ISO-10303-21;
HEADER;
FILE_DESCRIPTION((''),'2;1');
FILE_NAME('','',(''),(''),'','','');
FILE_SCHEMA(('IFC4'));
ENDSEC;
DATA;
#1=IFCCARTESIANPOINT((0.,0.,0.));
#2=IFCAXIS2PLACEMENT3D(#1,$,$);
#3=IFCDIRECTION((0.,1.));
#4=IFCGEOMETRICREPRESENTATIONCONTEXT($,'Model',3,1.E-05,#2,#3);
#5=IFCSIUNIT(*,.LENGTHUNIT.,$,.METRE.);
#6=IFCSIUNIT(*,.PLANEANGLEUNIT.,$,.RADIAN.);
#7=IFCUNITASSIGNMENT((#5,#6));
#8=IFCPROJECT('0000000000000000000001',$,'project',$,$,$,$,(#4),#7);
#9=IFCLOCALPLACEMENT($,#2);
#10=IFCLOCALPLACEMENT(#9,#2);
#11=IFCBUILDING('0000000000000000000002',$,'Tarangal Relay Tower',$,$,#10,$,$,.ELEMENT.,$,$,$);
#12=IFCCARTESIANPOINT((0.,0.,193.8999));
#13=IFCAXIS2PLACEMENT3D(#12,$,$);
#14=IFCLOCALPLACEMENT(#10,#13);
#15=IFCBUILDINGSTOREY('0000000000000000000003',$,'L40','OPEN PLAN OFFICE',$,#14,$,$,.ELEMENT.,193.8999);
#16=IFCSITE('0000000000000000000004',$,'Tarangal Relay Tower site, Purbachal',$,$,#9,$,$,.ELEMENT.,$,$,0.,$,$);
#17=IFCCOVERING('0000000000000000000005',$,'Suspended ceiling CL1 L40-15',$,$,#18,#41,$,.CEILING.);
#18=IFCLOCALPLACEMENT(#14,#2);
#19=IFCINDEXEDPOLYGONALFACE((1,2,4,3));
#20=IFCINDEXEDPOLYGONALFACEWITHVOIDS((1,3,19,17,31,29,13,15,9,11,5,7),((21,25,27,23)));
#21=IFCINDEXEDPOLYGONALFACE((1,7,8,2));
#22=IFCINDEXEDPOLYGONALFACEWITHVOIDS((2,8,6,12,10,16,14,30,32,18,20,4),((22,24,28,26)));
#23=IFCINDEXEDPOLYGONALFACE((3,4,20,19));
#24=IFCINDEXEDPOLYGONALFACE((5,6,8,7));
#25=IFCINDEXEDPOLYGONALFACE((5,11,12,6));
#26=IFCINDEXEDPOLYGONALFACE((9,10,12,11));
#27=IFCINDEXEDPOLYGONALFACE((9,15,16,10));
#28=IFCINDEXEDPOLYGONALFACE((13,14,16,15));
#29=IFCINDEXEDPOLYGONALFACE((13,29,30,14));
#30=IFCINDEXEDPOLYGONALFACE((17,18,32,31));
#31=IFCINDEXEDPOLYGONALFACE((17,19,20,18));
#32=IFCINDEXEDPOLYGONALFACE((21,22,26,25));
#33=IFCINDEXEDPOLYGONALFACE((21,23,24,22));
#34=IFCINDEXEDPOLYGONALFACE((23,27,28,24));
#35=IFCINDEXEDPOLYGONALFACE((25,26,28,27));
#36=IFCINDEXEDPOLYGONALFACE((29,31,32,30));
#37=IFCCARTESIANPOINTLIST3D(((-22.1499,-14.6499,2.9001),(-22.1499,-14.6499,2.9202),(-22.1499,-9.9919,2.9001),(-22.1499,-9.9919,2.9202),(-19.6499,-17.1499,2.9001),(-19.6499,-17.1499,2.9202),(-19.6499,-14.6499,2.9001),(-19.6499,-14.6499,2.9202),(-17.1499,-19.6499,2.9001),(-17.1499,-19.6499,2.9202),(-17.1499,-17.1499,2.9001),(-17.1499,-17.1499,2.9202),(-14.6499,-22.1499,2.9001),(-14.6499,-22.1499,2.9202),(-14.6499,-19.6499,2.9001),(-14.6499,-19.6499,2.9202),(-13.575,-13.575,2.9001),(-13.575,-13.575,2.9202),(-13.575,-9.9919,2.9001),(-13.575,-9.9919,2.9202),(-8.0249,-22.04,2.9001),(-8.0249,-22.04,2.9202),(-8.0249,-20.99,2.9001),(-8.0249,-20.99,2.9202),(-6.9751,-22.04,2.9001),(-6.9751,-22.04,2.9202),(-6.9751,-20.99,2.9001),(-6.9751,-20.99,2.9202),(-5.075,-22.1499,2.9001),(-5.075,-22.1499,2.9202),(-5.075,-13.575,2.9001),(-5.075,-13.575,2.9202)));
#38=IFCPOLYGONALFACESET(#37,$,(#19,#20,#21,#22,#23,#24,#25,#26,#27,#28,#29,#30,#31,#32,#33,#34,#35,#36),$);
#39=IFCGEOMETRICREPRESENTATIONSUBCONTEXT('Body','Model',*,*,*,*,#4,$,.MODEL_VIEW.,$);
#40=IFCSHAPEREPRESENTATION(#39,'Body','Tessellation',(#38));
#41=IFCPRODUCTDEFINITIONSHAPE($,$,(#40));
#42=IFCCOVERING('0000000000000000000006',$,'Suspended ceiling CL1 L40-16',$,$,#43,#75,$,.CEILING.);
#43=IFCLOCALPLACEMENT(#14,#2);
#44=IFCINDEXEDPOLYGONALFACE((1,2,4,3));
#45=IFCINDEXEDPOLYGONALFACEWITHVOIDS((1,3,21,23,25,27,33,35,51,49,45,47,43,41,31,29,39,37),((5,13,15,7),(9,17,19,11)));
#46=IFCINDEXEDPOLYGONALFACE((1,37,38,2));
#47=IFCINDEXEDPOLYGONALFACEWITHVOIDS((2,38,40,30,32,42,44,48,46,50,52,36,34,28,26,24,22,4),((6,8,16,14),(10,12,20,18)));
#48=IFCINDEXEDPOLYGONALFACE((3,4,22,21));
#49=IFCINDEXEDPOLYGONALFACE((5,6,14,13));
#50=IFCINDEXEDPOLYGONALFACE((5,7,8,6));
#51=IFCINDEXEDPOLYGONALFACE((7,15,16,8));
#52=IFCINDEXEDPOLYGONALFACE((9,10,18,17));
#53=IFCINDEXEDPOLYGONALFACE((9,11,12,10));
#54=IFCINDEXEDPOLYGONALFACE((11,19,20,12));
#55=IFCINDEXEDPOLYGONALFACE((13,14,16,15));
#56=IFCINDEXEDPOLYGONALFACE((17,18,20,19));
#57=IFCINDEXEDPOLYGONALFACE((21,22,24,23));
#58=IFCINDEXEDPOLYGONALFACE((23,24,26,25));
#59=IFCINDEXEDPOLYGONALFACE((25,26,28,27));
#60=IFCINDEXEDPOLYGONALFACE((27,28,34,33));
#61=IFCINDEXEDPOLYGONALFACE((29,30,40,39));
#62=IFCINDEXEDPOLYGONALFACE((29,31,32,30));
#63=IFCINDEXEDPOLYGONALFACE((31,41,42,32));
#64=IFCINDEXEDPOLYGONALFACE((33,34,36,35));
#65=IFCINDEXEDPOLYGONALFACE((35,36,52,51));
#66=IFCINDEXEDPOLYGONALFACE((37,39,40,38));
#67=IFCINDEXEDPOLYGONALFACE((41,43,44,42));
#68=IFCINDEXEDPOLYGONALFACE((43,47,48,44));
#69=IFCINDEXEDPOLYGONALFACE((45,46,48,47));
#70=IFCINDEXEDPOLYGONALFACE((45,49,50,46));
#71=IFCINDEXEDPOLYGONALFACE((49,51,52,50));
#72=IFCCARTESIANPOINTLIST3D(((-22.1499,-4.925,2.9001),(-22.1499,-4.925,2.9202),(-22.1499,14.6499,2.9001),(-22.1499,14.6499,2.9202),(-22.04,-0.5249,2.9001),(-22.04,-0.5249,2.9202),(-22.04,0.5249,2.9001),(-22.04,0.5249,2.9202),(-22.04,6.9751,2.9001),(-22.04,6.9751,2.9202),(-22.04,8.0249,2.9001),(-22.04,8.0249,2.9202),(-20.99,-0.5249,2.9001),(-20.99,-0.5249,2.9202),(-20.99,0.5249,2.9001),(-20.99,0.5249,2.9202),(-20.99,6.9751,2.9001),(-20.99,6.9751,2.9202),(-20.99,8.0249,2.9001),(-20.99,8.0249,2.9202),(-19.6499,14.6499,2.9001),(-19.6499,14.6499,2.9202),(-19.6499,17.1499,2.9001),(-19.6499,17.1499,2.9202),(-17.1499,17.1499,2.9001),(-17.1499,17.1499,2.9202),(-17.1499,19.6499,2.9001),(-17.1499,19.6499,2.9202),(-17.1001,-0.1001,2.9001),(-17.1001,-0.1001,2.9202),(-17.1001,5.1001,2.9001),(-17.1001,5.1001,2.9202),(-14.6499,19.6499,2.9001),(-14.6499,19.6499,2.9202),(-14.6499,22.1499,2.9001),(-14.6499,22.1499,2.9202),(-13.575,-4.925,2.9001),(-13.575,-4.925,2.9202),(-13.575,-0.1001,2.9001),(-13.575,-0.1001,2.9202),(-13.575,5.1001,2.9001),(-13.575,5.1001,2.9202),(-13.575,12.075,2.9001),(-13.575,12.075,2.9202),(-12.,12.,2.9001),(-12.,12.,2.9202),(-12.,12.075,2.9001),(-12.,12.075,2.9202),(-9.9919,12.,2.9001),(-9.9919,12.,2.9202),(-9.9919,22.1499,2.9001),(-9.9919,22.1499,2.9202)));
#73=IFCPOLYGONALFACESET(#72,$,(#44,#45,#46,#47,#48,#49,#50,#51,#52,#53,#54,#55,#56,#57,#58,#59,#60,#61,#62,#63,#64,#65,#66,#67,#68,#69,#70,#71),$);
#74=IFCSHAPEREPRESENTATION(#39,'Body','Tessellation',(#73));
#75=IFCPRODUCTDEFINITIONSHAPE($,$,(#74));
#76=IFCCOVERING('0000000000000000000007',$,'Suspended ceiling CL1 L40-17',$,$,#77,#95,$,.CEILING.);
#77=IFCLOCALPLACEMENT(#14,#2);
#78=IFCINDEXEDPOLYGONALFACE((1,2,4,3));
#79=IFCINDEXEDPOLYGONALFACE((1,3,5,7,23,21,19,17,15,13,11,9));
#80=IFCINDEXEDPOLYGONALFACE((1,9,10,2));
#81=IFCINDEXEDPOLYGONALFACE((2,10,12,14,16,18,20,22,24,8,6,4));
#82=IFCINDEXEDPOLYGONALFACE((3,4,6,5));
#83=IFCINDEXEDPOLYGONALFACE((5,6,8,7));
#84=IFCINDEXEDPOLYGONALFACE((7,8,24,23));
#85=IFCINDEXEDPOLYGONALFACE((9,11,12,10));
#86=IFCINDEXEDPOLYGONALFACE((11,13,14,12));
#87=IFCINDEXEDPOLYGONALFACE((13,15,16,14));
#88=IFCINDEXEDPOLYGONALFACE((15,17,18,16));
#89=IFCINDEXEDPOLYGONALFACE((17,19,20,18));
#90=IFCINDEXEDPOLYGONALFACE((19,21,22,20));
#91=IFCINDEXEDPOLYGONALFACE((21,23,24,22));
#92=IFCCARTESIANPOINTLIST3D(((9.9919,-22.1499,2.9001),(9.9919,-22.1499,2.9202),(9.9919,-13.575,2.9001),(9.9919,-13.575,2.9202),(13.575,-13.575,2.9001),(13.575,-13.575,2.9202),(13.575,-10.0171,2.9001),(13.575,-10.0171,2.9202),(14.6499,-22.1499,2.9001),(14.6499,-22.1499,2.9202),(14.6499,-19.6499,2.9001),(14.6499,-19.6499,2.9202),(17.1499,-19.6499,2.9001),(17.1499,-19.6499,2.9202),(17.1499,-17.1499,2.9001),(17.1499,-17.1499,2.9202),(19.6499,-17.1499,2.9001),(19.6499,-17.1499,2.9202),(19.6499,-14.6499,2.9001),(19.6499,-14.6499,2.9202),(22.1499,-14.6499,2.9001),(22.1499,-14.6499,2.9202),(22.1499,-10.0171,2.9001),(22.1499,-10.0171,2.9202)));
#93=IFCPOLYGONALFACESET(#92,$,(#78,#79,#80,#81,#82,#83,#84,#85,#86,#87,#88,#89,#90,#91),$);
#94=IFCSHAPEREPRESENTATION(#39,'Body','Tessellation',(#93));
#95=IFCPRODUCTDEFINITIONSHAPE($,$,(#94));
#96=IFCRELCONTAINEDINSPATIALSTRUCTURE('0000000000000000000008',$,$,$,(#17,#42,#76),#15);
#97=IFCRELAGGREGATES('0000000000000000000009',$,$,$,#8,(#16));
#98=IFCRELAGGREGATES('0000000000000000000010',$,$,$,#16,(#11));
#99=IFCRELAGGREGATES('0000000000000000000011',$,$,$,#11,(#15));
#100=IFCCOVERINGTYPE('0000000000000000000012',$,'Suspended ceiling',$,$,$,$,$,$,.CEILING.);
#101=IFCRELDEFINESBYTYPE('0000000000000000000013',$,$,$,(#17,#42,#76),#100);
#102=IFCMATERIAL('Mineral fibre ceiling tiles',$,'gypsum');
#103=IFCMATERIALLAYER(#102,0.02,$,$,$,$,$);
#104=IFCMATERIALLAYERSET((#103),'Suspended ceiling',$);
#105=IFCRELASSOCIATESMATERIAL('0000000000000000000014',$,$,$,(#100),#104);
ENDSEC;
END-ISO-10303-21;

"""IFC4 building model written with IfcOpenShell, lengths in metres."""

from ifc_helpers import new_model, si_unit, direction, frame, origin, place, context, subcontext, project, spatial, polyline, outline, extrude, material, layer, layer_set, type_object, element, save


model = new_model("IFC4")

# Units and contexts
model_context = context("Model", 3, precision=1e-05, world=origin(), true_north=direction((0.0, 1.0)))
body_context = subcontext(model_context, "Body", "Model", "MODEL_VIEW")
ifc_project = project(units=[si_unit("LENGTHUNIT", "METRE"), si_unit("PLANEANGLEUNIT", "RADIAN")], contexts=[model_context])

# Site, building, storey
site_placement = place(None, origin())
site = spatial("IfcSite", under=ifc_project, at=site_placement, Name="Tarangal Relay Tower site, Purbachal", CompositionType="ELEMENT", RefElevation=0.0)
building_placement = place(site_placement, origin())
building = spatial("IfcBuilding", under=site, at=building_placement, Name="Tarangal Relay Tower", CompositionType="ELEMENT")
storey_placement = place(building_placement, frame((0.0, 0.0, 193.8999)))
storey = spatial("IfcBuildingStorey", under=building, at=storey_placement, Name="L40", Description="OPEN PLAN OFFICE", CompositionType="ELEMENT", Elevation=193.8999)

# Coverings
ifc_material_1 = material(Name="Mineral fibre ceiling tiles", Category="gypsum")
ifc_layer_1 = layer(ifc_material_1, 0.02)
ifc_layer_set_1 = layer_set([ifc_layer_1], Name="Suspended ceiling")
covering_type = type_object("IfcCoveringType", Name="Suspended ceiling", PredefinedType="CEILING", material=ifc_layer_set_1)
covering_1_placement = place(storey_placement, frame((0.0, 0.0, 2.9001)))
element("IfcCovering", 1, at=covering_1_placement, inside=storey, type_object=covering_type, Name="Suspended ceiling CL1 L40-15", PredefinedType="CEILING", context=body_context, shape_type="SweptSolid", body=[
    extrude(outline(polyline([(-17.1499, -19.6499), (-14.6499, -19.6499), (-14.6499, -22.1499), (-5.075, -22.1499), (-5.075, -13.575), (-13.575, -13.575), (-13.575, -9.9919), (-22.1499, -9.9919), (-22.1499, -14.6499), (-19.6499, -14.6499), (-19.6499, -17.1499), (-17.1499, -17.1499), (-17.1499, -19.6499)]), holes=[polyline([(-6.9751, -20.99), (-8.0249, -20.99), (-8.0249, -22.04), (-6.9751, -22.04), (-6.9751, -20.99)])]), origin(), (0.0, 0.0, 1.0), 0.02),
])
covering_2_placement = place(storey_placement, frame((0.0, 0.0, 2.9001)))
element("IfcCovering", 2, at=covering_2_placement, inside=storey, type_object=covering_type, Name="Suspended ceiling CL1 L40-16", PredefinedType="CEILING", context=body_context, shape_type="SweptSolid", body=[
    extrude(outline(polyline([(-19.6499, 17.1499), (-19.6499, 14.6499), (-22.1499, 14.6499), (-22.1499, -4.925), (-13.575, -4.925), (-13.575, -0.1001), (-17.1001, -0.1001), (-17.1001, 5.1001), (-13.575, 5.1001), (-13.575, 12.075), (-12.0, 12.075), (-12.0, 12.0), (-9.9919, 12.0), (-9.9919, 22.1499), (-14.6499, 22.1499), (-14.6499, 19.6499), (-17.1499, 19.6499), (-17.1499, 17.1499), (-19.6499, 17.1499)]), holes=[polyline([(-20.99, -0.5249), (-20.99, 0.5249), (-22.04, 0.5249), (-22.04, -0.5249), (-20.99, -0.5249)]), polyline([(-20.99, 6.9751), (-20.99, 8.0249), (-22.04, 8.0249), (-22.04, 6.9751), (-20.99, 6.9751)])]), origin(), (0.0, 0.0, 1.0), 0.02),
])
covering_3_placement = place(storey_placement, frame((0.0, 0.0, 2.9001)))
element("IfcCovering", 3, at=covering_3_placement, inside=storey, type_object=covering_type, Name="Suspended ceiling CL1 L40-17", PredefinedType="CEILING", context=body_context, shape_type="SweptSolid", body=[
    extrude(outline(polyline([(22.1499, -14.6499), (22.1499, -10.0171), (13.575, -10.0171), (13.575, -13.575), (9.9919, -13.575), (9.9919, -22.1499), (14.6499, -22.1499), (14.6499, -19.6499), (17.1499, -19.6499), (17.1499, -17.1499), (19.6499, -17.1499), (19.6499, -14.6499), (22.1499, -14.6499)])), origin(), (0.0, 0.0, 1.0), 0.02),
])

save(model, "model.ifc")
